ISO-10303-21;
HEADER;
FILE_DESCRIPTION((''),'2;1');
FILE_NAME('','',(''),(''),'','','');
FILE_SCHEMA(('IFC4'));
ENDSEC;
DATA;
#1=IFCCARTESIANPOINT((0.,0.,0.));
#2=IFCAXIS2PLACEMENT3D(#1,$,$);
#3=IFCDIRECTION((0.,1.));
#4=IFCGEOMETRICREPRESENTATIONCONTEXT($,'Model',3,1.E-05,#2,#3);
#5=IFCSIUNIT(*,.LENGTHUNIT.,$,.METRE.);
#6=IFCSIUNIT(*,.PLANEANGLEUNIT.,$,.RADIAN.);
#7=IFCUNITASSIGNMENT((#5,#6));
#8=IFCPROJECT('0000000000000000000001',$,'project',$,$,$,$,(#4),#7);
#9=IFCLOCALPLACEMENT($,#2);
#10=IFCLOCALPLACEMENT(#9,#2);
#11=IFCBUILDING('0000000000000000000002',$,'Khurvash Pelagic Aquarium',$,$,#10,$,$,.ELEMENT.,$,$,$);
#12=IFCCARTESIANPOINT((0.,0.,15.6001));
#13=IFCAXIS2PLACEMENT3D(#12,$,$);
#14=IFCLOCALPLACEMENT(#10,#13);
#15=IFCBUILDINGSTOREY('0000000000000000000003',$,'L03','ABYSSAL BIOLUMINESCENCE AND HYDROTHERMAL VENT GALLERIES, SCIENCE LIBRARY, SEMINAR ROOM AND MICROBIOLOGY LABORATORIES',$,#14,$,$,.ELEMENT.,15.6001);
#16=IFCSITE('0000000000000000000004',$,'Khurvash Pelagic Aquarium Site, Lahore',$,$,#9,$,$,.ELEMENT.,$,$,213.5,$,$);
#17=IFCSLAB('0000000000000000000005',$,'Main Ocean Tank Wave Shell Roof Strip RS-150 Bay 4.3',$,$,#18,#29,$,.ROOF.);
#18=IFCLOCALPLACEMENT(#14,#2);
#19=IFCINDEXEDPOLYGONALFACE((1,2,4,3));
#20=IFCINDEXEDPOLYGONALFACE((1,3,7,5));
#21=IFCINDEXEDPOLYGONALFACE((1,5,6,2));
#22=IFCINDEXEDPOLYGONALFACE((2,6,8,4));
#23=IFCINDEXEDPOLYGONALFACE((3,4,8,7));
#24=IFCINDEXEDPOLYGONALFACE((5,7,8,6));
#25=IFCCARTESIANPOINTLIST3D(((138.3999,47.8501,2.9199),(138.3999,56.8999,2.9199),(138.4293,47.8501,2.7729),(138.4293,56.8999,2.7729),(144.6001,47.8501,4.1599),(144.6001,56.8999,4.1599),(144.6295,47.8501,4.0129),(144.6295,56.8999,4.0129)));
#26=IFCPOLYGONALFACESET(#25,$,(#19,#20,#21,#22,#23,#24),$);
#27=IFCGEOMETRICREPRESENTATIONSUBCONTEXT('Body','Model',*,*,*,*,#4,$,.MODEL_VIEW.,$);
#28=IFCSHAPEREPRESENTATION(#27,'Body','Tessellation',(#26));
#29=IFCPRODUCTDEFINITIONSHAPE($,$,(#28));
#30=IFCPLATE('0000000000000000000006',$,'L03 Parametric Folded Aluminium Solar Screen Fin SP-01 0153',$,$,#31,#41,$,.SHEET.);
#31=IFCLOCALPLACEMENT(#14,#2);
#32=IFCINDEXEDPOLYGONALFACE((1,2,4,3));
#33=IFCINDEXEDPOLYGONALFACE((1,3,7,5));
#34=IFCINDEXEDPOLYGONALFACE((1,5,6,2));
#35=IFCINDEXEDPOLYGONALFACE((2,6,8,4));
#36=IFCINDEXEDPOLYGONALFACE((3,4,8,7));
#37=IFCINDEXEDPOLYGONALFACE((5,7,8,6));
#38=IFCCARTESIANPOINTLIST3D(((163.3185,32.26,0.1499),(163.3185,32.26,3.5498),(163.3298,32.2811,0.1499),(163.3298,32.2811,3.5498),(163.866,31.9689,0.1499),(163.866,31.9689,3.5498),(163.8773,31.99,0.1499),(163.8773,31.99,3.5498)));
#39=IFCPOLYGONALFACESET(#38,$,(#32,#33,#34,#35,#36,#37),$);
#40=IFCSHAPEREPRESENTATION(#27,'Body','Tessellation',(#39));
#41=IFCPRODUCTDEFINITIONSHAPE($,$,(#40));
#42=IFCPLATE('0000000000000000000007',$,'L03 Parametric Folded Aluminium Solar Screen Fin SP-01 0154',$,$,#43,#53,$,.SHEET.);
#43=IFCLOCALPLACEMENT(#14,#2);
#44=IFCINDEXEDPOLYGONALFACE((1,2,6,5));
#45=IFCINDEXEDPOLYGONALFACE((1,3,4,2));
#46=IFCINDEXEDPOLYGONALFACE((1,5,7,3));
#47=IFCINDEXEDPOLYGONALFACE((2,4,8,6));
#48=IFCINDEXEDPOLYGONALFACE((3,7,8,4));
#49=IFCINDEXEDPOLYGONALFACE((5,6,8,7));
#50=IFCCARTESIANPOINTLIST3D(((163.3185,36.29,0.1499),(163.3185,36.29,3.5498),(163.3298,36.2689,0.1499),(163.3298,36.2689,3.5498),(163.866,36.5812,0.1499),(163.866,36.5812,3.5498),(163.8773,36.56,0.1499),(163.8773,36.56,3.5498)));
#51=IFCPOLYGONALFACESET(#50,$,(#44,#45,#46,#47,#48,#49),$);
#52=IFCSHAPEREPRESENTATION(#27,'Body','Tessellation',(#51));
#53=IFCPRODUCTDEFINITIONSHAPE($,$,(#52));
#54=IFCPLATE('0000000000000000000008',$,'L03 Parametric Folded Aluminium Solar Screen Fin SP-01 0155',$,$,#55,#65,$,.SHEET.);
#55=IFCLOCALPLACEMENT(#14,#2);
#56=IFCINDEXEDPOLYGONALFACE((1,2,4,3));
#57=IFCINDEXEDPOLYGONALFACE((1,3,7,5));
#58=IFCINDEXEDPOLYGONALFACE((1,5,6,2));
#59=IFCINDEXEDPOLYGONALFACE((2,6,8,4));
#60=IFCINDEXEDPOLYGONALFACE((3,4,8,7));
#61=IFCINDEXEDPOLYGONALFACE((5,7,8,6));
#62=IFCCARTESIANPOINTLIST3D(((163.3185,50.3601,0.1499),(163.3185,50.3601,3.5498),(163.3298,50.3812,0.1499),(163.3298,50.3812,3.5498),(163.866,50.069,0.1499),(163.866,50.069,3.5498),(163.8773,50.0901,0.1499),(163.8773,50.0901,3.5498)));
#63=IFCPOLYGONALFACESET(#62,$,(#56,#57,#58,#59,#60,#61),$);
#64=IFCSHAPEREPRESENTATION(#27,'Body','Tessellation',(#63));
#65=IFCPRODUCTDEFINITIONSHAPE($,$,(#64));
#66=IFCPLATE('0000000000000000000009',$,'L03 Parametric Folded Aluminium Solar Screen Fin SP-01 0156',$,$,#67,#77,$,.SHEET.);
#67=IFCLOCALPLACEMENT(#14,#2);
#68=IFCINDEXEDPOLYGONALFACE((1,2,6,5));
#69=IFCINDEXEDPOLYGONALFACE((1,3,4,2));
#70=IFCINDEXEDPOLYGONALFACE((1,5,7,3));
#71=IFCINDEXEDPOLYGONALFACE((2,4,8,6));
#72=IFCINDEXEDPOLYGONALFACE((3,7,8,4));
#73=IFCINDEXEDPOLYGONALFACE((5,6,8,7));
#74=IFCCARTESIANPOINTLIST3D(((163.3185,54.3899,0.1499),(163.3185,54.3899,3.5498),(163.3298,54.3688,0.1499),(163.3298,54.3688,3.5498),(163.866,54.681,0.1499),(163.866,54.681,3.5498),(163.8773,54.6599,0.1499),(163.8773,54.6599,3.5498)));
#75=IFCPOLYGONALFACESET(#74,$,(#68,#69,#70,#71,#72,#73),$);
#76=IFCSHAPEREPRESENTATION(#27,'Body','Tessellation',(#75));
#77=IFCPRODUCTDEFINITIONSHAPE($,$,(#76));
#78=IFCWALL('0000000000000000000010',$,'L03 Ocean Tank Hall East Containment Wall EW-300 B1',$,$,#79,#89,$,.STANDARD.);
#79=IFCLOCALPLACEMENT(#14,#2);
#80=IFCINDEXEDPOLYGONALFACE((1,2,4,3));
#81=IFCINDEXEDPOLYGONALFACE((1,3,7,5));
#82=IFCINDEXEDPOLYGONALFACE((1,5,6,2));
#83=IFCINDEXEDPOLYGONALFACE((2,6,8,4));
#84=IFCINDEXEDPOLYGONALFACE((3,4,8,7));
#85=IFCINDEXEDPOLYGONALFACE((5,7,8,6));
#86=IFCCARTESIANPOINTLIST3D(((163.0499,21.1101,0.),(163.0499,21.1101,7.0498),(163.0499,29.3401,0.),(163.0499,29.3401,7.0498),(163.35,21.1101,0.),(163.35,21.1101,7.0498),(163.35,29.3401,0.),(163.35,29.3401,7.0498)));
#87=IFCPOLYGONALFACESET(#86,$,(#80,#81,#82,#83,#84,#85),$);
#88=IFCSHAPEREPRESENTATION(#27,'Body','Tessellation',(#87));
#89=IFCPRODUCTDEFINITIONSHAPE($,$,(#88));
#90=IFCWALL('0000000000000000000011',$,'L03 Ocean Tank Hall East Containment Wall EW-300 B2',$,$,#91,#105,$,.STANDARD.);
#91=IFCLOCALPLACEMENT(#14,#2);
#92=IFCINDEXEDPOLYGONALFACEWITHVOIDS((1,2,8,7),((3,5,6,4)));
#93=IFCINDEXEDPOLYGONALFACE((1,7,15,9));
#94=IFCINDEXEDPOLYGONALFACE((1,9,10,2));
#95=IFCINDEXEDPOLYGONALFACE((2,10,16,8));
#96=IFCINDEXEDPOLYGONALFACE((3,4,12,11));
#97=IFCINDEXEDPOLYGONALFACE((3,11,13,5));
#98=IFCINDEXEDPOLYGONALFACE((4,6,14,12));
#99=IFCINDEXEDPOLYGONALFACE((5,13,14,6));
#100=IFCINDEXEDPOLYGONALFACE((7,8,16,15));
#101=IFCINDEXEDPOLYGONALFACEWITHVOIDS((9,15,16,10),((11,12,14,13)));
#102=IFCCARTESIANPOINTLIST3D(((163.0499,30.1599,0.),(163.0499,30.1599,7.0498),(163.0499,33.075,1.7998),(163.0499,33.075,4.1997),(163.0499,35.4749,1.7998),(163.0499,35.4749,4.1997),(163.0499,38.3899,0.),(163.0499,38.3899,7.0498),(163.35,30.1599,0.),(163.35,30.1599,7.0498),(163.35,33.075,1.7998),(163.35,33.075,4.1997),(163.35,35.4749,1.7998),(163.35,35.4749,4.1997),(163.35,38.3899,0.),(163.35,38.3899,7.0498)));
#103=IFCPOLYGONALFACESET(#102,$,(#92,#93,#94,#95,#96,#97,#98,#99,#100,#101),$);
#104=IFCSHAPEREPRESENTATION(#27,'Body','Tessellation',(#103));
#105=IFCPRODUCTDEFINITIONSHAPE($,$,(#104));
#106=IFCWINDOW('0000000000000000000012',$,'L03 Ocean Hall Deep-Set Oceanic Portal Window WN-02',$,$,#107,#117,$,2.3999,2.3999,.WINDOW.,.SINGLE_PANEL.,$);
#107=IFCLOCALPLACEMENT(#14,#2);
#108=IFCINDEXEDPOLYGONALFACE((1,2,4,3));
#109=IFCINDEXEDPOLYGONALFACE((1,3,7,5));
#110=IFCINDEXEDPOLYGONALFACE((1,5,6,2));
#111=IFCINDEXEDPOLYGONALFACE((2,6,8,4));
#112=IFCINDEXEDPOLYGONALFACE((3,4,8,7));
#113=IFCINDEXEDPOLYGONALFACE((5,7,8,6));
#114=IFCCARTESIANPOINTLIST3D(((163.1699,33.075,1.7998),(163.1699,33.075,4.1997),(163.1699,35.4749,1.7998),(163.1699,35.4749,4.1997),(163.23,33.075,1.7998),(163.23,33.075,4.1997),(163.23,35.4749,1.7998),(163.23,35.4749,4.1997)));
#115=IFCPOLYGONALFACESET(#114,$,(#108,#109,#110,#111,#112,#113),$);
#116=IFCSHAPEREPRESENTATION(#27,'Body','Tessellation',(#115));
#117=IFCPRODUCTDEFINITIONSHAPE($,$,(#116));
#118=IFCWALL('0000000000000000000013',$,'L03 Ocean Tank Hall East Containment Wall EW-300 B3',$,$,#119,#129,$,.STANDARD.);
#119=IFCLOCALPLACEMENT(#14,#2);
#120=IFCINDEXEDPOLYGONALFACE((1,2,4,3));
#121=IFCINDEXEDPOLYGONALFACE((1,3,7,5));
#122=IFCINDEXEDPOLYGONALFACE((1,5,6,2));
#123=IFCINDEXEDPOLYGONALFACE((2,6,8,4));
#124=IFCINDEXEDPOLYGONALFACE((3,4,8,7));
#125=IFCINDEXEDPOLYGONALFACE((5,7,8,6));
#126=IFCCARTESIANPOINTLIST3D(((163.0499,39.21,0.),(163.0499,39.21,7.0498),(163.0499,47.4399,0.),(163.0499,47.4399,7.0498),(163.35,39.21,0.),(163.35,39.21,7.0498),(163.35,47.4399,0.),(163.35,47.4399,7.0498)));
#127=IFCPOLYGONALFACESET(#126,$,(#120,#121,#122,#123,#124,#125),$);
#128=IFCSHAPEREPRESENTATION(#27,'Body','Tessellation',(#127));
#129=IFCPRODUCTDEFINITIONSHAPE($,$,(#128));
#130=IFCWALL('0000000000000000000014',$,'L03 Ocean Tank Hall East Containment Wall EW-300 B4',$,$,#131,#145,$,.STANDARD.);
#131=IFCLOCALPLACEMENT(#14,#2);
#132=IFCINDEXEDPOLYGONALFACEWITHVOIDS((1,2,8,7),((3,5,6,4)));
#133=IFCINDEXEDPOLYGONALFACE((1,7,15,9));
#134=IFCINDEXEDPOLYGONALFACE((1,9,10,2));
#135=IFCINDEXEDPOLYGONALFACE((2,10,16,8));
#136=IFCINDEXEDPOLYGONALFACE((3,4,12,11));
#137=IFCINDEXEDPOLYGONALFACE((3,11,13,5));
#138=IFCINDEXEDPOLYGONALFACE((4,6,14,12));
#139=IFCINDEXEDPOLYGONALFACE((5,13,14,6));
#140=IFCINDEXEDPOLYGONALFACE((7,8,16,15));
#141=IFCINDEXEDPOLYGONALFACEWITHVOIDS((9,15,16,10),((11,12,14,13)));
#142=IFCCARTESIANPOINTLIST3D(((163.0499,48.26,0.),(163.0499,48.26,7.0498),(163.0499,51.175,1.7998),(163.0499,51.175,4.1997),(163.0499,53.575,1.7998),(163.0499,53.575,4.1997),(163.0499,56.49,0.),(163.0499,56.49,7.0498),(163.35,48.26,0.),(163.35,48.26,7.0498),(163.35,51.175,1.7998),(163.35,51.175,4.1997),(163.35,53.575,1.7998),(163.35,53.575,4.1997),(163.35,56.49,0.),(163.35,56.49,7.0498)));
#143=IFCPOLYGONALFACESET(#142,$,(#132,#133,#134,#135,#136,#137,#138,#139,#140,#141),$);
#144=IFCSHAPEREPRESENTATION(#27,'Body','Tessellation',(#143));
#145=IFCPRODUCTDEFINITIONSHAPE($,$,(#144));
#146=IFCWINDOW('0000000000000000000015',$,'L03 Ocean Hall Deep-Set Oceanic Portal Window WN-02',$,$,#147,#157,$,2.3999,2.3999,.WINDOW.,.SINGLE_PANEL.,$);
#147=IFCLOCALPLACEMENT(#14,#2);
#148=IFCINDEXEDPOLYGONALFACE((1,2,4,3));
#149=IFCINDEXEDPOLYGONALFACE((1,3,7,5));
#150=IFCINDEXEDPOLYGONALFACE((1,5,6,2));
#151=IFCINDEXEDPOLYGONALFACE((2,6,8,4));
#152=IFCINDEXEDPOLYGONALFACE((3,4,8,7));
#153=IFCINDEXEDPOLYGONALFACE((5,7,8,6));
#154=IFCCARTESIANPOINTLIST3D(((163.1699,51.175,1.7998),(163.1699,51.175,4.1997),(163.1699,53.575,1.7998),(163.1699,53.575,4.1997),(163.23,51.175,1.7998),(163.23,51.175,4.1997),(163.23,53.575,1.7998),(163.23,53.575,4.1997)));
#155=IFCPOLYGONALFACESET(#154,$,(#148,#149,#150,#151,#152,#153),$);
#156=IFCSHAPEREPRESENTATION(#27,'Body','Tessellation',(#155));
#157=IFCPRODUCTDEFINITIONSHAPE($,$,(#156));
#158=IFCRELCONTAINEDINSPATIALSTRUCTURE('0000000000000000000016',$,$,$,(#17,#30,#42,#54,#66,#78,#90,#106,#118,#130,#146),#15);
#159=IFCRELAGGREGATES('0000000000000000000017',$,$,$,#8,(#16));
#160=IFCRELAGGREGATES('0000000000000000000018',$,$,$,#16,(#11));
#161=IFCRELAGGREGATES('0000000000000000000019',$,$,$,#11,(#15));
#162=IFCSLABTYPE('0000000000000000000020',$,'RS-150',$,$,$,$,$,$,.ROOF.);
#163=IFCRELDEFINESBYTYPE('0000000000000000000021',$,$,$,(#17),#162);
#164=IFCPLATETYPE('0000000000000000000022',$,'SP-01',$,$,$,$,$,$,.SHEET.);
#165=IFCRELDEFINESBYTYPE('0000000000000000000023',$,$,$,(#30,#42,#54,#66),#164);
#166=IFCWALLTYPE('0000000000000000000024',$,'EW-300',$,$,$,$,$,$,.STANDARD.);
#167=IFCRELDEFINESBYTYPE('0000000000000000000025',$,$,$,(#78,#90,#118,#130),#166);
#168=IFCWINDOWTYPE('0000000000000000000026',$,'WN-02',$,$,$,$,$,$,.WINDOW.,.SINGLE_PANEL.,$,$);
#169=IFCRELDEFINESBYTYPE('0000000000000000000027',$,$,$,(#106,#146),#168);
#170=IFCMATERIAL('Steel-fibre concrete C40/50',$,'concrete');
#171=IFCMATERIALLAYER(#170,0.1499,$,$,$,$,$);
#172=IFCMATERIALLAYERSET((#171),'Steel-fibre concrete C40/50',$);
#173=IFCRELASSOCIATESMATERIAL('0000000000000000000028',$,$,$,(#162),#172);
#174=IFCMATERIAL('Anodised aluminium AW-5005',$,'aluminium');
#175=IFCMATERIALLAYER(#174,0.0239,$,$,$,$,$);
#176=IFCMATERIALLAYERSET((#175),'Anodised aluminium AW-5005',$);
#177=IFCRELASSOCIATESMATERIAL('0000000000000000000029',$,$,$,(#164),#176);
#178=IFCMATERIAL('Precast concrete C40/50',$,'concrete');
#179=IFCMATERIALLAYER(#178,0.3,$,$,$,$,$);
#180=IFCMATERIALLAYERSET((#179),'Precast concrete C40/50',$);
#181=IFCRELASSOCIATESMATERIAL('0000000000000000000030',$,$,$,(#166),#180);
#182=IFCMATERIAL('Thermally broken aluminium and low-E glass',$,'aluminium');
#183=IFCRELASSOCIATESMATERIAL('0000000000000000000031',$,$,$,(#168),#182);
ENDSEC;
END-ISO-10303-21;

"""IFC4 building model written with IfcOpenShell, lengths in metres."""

from ifc_helpers import new_model, si_unit, direction, frame, frame_2d, origin, origin_2d, place, context, subcontext, project, spatial, polyline, rectangle, outline, extrude, material, layer, layer_set, type_object, element, fill, save


model = new_model("IFC4")

# Units and contexts
model_context = context("Model", 3, precision=1e-05, world=origin(), true_north=direction((0.0, 1.0)))
body_context = subcontext(model_context, "Body", "Model", "MODEL_VIEW")
ifc_project = project(units=[si_unit("LENGTHUNIT", "METRE"), si_unit("PLANEANGLEUNIT", "RADIAN")], contexts=[model_context])

# Site, building, storey
site_placement = place(None, origin())
site = spatial("IfcSite", under=ifc_project, at=site_placement, Name="Khurvash Pelagic Aquarium Site, Lahore", CompositionType="ELEMENT", RefElevation=213.5)
building_placement = place(site_placement, origin())
building = spatial("IfcBuilding", under=site, at=building_placement, Name="Khurvash Pelagic Aquarium", CompositionType="ELEMENT")
storey_placement = place(building_placement, frame((0.0, 0.0, 15.6001)))
storey = spatial("IfcBuildingStorey", under=building, at=storey_placement, Name="L03", Description="ABYSSAL BIOLUMINESCENCE AND HYDROTHERMAL VENT GALLERIES, SCIENCE LIBRARY, SEMINAR ROOM AND MICROBIOLOGY LABORATORIES", CompositionType="ELEMENT", Elevation=15.6001)

# Shared definitions
ifc_material_1 = material(Name="Steel-fibre concrete C40/50", Category="concrete")

# Slab
ifc_layer_1 = layer(ifc_material_1, 0.1499)
ifc_layer_set_1 = layer_set([ifc_layer_1], Name="Steel-fibre concrete C40/50")
slab_type = type_object("IfcSlabType", Name="RS-150", PredefinedType="ROOF", material=ifc_layer_set_1)
slab_placement = place(storey_placement, frame((138.3999, 47.8501, 2.9199), z_axis=(-0.196109, 0.0, 0.980582), x_axis=(0.980582, 0.0, 0.196109)))
element("IfcSlab", 1, at=slab_placement, inside=storey, type_object=slab_type, Name="Main Ocean Tank Wave Shell Roof Strip RS-150 Bay 4.3", PredefinedType="ROOF", context=body_context, shape_type="SweptSolid", body=[
    extrude(outline(polyline([(0.0, 0.0), (6.323, 0.0), (6.323, 9.0498), (0.0, 9.0498), (0.0, 0.0)])), origin(), (0.0, 0.0, -1.0), 0.1499),
])

# Plates
ifc_material_2 = material(Name="Anodised aluminium AW-5005", Category="aluminium")
ifc_layer_2 = layer(ifc_material_2, 0.0239)
ifc_layer_set_2 = layer_set([ifc_layer_2], Name="Anodised aluminium AW-5005")
plate_type = type_object("IfcPlateType", Name="SP-01", PredefinedType="SHEET", material=ifc_layer_set_2)
for number, where, z_axis, x_axis, name in (
    (2, (163.5979, 32.125, 0.1499), (0.0, 0.0, 1.0), (0.882948, -0.469472, 0.0), "L03 Parametric Folded Aluminium Solar Screen Fin SP-01 0153"),
    (3, (163.5979, 36.425, 0.1499), (0.0, 0.0, 1.0), (0.882948, 0.469472, 0.0), "L03 Parametric Folded Aluminium Solar Screen Fin SP-01 0154"),
    (4, (163.5979, 50.2251, 0.1499), (0.0, 0.0, 1.0), (0.882948, -0.469472, 0.0), "L03 Parametric Folded Aluminium Solar Screen Fin SP-01 0155"),
    (5, (163.5979, 54.5249, 0.1499), (0.0, 0.0, 1.0), (0.882948, 0.469472, 0.0), "L03 Parametric Folded Aluminium Solar Screen Fin SP-01 0156"),
):
    element("IfcPlate", number, at=place(storey_placement, frame(where, z_axis=z_axis, x_axis=x_axis)), inside=storey, type_object=plate_type, Name=name, PredefinedType="SHEET", context=body_context, shape_type="SweptSolid", body=[
        extrude(rectangle(XDim=0.6201, YDim=0.0239, at=origin_2d()), origin(), (0.0, 0.0, 1.0), 3.3999),
    ])

# Wall
ifc_material_3 = material(Name="Precast concrete C40/50", Category="concrete")
ifc_layer_3 = layer(ifc_material_3, 0.3)
ifc_layer_set_3 = layer_set([ifc_layer_3], Name="Precast concrete C40/50")
wall_type = type_object("IfcWallType", Name="EW-300", PredefinedType="STANDARD", material=ifc_layer_set_3)
wall_1_placement = place(storey_placement, frame((163.2, 21.1101, 0.0), z_axis=(0.0, 0.0, 1.0), x_axis=(0.0, 1.0, 0.0)))
element("IfcWall", 6, at=wall_1_placement, inside=storey, type_object=wall_type, Name="L03 Ocean Tank Hall East Containment Wall EW-300 B1", PredefinedType="STANDARD", context=body_context, shape_type="SweptSolid", body=[
    extrude(rectangle(XDim=8.23, YDim=0.3, at=frame_2d((4.115, 0.0))), origin(), (0.0, 0.0, 1.0), 7.0498),
])

# Wall, opening, window
wall_2_placement = place(storey_placement, frame((163.2, 30.1599, 0.0), z_axis=(0.0, 0.0, 1.0), x_axis=(0.0, 1.0, 0.0)))
wall_2 = element("IfcWall", 7, at=wall_2_placement, inside=storey, type_object=wall_type, Name="L03 Ocean Tank Hall East Containment Wall EW-300 B2", PredefinedType="STANDARD", context=body_context, shape_type="SweptSolid", body=[
    extrude(rectangle(XDim=8.23, YDim=0.3, at=frame_2d((4.115, 0.0))), origin(), (0.0, 0.0, 1.0), 7.0498),
])
opening_1_placement = place(wall_2_placement, frame((2.915, 0.0, 1.7998)))
opening_1 = element("IfcOpeningElement", 8, at=opening_1_placement, cuts=wall_2, PredefinedType="OPENING", context=body_context, shape_type="SweptSolid", body=[
    extrude(rectangle(XDim=2.3999, YDim=2.3999, at=frame_2d((1.2, 1.2))), frame((0.0, 0.1602, 0.0), z_axis=(0.0, -1.0, 0.0), x_axis=(1.0, 0.0, 0.0)), (0.0, 0.0, 1.0), 0.3201),
])
ifc_material_4 = material(Name="Thermally broken aluminium and low-E glass", Category="aluminium")
window_type = type_object("IfcWindowType", Name="WN-02", PartitioningType="SINGLE_PANEL", PredefinedType="WINDOW", material=ifc_material_4)
window_1_placement = place(opening_1_placement, origin())
window_1 = element("IfcWindow", 9, at=window_1_placement, inside=storey, type_object=window_type, Name="L03 Ocean Hall Deep-Set Oceanic Portal Window WN-02", OverallHeight=2.3999, OverallWidth=2.3999, PartitioningType="SINGLE_PANEL", PredefinedType="WINDOW", context=body_context, shape_type="SweptSolid", body=[
    extrude(rectangle(XDim=2.3999, YDim=2.3999, at=frame_2d((1.2, 1.2))), frame((0.0, 0.03, 0.0), z_axis=(0.0, -1.0, 0.0), x_axis=(1.0, 0.0, 0.0)), (0.0, 0.0, 1.0), 0.0601),
])
fill(opening_1, window_1)

# Wall
wall_3_placement = place(storey_placement, frame((163.2, 39.21, 0.0), z_axis=(0.0, 0.0, 1.0), x_axis=(0.0, 1.0, 0.0)))
element("IfcWall", 10, at=wall_3_placement, inside=storey, type_object=wall_type, Name="L03 Ocean Tank Hall East Containment Wall EW-300 B3", PredefinedType="STANDARD", context=body_context, shape_type="SweptSolid", body=[
    extrude(rectangle(XDim=8.23, YDim=0.3, at=frame_2d((4.115, 0.0))), origin(), (0.0, 0.0, 1.0), 7.0498),
])

# Wall, opening, window
wall_4_placement = place(storey_placement, frame((163.2, 48.26, 0.0), z_axis=(0.0, 0.0, 1.0), x_axis=(0.0, 1.0, 0.0)))
wall_4 = element("IfcWall", 11, at=wall_4_placement, inside=storey, type_object=wall_type, Name="L03 Ocean Tank Hall East Containment Wall EW-300 B4", PredefinedType="STANDARD", context=body_context, shape_type="SweptSolid", body=[
    extrude(rectangle(XDim=8.23, YDim=0.3, at=frame_2d((4.115, 0.0))), origin(), (0.0, 0.0, 1.0), 7.0498),
])
opening_2_placement = place(wall_4_placement, frame((2.915, 0.0, 1.7998)))
opening_2 = element("IfcOpeningElement", 12, at=opening_2_placement, cuts=wall_4, PredefinedType="OPENING", context=body_context, shape_type="SweptSolid", body=[
    extrude(rectangle(XDim=2.3999, YDim=2.3999, at=frame_2d((1.2, 1.2))), frame((0.0, 0.1602, 0.0), z_axis=(0.0, -1.0, 0.0), x_axis=(1.0, 0.0, 0.0)), (0.0, 0.0, 1.0), 0.3201),
])
window_2_placement = place(opening_2_placement, origin())
window_2 = element("IfcWindow", 13, at=window_2_placement, inside=storey, type_object=window_type, Name="L03 Ocean Hall Deep-Set Oceanic Portal Window WN-02", OverallHeight=2.3999, OverallWidth=2.3999, PartitioningType="SINGLE_PANEL", PredefinedType="WINDOW", context=body_context, shape_type="SweptSolid", body=[
    extrude(rectangle(XDim=2.3999, YDim=2.3999, at=frame_2d((1.2, 1.2))), frame((0.0, 0.03, 0.0), z_axis=(0.0, -1.0, 0.0), x_axis=(1.0, 0.0, 0.0)), (0.0, 0.0, 1.0), 0.0601),
])
fill(opening_2, window_2)

save(model, "model.ifc")
